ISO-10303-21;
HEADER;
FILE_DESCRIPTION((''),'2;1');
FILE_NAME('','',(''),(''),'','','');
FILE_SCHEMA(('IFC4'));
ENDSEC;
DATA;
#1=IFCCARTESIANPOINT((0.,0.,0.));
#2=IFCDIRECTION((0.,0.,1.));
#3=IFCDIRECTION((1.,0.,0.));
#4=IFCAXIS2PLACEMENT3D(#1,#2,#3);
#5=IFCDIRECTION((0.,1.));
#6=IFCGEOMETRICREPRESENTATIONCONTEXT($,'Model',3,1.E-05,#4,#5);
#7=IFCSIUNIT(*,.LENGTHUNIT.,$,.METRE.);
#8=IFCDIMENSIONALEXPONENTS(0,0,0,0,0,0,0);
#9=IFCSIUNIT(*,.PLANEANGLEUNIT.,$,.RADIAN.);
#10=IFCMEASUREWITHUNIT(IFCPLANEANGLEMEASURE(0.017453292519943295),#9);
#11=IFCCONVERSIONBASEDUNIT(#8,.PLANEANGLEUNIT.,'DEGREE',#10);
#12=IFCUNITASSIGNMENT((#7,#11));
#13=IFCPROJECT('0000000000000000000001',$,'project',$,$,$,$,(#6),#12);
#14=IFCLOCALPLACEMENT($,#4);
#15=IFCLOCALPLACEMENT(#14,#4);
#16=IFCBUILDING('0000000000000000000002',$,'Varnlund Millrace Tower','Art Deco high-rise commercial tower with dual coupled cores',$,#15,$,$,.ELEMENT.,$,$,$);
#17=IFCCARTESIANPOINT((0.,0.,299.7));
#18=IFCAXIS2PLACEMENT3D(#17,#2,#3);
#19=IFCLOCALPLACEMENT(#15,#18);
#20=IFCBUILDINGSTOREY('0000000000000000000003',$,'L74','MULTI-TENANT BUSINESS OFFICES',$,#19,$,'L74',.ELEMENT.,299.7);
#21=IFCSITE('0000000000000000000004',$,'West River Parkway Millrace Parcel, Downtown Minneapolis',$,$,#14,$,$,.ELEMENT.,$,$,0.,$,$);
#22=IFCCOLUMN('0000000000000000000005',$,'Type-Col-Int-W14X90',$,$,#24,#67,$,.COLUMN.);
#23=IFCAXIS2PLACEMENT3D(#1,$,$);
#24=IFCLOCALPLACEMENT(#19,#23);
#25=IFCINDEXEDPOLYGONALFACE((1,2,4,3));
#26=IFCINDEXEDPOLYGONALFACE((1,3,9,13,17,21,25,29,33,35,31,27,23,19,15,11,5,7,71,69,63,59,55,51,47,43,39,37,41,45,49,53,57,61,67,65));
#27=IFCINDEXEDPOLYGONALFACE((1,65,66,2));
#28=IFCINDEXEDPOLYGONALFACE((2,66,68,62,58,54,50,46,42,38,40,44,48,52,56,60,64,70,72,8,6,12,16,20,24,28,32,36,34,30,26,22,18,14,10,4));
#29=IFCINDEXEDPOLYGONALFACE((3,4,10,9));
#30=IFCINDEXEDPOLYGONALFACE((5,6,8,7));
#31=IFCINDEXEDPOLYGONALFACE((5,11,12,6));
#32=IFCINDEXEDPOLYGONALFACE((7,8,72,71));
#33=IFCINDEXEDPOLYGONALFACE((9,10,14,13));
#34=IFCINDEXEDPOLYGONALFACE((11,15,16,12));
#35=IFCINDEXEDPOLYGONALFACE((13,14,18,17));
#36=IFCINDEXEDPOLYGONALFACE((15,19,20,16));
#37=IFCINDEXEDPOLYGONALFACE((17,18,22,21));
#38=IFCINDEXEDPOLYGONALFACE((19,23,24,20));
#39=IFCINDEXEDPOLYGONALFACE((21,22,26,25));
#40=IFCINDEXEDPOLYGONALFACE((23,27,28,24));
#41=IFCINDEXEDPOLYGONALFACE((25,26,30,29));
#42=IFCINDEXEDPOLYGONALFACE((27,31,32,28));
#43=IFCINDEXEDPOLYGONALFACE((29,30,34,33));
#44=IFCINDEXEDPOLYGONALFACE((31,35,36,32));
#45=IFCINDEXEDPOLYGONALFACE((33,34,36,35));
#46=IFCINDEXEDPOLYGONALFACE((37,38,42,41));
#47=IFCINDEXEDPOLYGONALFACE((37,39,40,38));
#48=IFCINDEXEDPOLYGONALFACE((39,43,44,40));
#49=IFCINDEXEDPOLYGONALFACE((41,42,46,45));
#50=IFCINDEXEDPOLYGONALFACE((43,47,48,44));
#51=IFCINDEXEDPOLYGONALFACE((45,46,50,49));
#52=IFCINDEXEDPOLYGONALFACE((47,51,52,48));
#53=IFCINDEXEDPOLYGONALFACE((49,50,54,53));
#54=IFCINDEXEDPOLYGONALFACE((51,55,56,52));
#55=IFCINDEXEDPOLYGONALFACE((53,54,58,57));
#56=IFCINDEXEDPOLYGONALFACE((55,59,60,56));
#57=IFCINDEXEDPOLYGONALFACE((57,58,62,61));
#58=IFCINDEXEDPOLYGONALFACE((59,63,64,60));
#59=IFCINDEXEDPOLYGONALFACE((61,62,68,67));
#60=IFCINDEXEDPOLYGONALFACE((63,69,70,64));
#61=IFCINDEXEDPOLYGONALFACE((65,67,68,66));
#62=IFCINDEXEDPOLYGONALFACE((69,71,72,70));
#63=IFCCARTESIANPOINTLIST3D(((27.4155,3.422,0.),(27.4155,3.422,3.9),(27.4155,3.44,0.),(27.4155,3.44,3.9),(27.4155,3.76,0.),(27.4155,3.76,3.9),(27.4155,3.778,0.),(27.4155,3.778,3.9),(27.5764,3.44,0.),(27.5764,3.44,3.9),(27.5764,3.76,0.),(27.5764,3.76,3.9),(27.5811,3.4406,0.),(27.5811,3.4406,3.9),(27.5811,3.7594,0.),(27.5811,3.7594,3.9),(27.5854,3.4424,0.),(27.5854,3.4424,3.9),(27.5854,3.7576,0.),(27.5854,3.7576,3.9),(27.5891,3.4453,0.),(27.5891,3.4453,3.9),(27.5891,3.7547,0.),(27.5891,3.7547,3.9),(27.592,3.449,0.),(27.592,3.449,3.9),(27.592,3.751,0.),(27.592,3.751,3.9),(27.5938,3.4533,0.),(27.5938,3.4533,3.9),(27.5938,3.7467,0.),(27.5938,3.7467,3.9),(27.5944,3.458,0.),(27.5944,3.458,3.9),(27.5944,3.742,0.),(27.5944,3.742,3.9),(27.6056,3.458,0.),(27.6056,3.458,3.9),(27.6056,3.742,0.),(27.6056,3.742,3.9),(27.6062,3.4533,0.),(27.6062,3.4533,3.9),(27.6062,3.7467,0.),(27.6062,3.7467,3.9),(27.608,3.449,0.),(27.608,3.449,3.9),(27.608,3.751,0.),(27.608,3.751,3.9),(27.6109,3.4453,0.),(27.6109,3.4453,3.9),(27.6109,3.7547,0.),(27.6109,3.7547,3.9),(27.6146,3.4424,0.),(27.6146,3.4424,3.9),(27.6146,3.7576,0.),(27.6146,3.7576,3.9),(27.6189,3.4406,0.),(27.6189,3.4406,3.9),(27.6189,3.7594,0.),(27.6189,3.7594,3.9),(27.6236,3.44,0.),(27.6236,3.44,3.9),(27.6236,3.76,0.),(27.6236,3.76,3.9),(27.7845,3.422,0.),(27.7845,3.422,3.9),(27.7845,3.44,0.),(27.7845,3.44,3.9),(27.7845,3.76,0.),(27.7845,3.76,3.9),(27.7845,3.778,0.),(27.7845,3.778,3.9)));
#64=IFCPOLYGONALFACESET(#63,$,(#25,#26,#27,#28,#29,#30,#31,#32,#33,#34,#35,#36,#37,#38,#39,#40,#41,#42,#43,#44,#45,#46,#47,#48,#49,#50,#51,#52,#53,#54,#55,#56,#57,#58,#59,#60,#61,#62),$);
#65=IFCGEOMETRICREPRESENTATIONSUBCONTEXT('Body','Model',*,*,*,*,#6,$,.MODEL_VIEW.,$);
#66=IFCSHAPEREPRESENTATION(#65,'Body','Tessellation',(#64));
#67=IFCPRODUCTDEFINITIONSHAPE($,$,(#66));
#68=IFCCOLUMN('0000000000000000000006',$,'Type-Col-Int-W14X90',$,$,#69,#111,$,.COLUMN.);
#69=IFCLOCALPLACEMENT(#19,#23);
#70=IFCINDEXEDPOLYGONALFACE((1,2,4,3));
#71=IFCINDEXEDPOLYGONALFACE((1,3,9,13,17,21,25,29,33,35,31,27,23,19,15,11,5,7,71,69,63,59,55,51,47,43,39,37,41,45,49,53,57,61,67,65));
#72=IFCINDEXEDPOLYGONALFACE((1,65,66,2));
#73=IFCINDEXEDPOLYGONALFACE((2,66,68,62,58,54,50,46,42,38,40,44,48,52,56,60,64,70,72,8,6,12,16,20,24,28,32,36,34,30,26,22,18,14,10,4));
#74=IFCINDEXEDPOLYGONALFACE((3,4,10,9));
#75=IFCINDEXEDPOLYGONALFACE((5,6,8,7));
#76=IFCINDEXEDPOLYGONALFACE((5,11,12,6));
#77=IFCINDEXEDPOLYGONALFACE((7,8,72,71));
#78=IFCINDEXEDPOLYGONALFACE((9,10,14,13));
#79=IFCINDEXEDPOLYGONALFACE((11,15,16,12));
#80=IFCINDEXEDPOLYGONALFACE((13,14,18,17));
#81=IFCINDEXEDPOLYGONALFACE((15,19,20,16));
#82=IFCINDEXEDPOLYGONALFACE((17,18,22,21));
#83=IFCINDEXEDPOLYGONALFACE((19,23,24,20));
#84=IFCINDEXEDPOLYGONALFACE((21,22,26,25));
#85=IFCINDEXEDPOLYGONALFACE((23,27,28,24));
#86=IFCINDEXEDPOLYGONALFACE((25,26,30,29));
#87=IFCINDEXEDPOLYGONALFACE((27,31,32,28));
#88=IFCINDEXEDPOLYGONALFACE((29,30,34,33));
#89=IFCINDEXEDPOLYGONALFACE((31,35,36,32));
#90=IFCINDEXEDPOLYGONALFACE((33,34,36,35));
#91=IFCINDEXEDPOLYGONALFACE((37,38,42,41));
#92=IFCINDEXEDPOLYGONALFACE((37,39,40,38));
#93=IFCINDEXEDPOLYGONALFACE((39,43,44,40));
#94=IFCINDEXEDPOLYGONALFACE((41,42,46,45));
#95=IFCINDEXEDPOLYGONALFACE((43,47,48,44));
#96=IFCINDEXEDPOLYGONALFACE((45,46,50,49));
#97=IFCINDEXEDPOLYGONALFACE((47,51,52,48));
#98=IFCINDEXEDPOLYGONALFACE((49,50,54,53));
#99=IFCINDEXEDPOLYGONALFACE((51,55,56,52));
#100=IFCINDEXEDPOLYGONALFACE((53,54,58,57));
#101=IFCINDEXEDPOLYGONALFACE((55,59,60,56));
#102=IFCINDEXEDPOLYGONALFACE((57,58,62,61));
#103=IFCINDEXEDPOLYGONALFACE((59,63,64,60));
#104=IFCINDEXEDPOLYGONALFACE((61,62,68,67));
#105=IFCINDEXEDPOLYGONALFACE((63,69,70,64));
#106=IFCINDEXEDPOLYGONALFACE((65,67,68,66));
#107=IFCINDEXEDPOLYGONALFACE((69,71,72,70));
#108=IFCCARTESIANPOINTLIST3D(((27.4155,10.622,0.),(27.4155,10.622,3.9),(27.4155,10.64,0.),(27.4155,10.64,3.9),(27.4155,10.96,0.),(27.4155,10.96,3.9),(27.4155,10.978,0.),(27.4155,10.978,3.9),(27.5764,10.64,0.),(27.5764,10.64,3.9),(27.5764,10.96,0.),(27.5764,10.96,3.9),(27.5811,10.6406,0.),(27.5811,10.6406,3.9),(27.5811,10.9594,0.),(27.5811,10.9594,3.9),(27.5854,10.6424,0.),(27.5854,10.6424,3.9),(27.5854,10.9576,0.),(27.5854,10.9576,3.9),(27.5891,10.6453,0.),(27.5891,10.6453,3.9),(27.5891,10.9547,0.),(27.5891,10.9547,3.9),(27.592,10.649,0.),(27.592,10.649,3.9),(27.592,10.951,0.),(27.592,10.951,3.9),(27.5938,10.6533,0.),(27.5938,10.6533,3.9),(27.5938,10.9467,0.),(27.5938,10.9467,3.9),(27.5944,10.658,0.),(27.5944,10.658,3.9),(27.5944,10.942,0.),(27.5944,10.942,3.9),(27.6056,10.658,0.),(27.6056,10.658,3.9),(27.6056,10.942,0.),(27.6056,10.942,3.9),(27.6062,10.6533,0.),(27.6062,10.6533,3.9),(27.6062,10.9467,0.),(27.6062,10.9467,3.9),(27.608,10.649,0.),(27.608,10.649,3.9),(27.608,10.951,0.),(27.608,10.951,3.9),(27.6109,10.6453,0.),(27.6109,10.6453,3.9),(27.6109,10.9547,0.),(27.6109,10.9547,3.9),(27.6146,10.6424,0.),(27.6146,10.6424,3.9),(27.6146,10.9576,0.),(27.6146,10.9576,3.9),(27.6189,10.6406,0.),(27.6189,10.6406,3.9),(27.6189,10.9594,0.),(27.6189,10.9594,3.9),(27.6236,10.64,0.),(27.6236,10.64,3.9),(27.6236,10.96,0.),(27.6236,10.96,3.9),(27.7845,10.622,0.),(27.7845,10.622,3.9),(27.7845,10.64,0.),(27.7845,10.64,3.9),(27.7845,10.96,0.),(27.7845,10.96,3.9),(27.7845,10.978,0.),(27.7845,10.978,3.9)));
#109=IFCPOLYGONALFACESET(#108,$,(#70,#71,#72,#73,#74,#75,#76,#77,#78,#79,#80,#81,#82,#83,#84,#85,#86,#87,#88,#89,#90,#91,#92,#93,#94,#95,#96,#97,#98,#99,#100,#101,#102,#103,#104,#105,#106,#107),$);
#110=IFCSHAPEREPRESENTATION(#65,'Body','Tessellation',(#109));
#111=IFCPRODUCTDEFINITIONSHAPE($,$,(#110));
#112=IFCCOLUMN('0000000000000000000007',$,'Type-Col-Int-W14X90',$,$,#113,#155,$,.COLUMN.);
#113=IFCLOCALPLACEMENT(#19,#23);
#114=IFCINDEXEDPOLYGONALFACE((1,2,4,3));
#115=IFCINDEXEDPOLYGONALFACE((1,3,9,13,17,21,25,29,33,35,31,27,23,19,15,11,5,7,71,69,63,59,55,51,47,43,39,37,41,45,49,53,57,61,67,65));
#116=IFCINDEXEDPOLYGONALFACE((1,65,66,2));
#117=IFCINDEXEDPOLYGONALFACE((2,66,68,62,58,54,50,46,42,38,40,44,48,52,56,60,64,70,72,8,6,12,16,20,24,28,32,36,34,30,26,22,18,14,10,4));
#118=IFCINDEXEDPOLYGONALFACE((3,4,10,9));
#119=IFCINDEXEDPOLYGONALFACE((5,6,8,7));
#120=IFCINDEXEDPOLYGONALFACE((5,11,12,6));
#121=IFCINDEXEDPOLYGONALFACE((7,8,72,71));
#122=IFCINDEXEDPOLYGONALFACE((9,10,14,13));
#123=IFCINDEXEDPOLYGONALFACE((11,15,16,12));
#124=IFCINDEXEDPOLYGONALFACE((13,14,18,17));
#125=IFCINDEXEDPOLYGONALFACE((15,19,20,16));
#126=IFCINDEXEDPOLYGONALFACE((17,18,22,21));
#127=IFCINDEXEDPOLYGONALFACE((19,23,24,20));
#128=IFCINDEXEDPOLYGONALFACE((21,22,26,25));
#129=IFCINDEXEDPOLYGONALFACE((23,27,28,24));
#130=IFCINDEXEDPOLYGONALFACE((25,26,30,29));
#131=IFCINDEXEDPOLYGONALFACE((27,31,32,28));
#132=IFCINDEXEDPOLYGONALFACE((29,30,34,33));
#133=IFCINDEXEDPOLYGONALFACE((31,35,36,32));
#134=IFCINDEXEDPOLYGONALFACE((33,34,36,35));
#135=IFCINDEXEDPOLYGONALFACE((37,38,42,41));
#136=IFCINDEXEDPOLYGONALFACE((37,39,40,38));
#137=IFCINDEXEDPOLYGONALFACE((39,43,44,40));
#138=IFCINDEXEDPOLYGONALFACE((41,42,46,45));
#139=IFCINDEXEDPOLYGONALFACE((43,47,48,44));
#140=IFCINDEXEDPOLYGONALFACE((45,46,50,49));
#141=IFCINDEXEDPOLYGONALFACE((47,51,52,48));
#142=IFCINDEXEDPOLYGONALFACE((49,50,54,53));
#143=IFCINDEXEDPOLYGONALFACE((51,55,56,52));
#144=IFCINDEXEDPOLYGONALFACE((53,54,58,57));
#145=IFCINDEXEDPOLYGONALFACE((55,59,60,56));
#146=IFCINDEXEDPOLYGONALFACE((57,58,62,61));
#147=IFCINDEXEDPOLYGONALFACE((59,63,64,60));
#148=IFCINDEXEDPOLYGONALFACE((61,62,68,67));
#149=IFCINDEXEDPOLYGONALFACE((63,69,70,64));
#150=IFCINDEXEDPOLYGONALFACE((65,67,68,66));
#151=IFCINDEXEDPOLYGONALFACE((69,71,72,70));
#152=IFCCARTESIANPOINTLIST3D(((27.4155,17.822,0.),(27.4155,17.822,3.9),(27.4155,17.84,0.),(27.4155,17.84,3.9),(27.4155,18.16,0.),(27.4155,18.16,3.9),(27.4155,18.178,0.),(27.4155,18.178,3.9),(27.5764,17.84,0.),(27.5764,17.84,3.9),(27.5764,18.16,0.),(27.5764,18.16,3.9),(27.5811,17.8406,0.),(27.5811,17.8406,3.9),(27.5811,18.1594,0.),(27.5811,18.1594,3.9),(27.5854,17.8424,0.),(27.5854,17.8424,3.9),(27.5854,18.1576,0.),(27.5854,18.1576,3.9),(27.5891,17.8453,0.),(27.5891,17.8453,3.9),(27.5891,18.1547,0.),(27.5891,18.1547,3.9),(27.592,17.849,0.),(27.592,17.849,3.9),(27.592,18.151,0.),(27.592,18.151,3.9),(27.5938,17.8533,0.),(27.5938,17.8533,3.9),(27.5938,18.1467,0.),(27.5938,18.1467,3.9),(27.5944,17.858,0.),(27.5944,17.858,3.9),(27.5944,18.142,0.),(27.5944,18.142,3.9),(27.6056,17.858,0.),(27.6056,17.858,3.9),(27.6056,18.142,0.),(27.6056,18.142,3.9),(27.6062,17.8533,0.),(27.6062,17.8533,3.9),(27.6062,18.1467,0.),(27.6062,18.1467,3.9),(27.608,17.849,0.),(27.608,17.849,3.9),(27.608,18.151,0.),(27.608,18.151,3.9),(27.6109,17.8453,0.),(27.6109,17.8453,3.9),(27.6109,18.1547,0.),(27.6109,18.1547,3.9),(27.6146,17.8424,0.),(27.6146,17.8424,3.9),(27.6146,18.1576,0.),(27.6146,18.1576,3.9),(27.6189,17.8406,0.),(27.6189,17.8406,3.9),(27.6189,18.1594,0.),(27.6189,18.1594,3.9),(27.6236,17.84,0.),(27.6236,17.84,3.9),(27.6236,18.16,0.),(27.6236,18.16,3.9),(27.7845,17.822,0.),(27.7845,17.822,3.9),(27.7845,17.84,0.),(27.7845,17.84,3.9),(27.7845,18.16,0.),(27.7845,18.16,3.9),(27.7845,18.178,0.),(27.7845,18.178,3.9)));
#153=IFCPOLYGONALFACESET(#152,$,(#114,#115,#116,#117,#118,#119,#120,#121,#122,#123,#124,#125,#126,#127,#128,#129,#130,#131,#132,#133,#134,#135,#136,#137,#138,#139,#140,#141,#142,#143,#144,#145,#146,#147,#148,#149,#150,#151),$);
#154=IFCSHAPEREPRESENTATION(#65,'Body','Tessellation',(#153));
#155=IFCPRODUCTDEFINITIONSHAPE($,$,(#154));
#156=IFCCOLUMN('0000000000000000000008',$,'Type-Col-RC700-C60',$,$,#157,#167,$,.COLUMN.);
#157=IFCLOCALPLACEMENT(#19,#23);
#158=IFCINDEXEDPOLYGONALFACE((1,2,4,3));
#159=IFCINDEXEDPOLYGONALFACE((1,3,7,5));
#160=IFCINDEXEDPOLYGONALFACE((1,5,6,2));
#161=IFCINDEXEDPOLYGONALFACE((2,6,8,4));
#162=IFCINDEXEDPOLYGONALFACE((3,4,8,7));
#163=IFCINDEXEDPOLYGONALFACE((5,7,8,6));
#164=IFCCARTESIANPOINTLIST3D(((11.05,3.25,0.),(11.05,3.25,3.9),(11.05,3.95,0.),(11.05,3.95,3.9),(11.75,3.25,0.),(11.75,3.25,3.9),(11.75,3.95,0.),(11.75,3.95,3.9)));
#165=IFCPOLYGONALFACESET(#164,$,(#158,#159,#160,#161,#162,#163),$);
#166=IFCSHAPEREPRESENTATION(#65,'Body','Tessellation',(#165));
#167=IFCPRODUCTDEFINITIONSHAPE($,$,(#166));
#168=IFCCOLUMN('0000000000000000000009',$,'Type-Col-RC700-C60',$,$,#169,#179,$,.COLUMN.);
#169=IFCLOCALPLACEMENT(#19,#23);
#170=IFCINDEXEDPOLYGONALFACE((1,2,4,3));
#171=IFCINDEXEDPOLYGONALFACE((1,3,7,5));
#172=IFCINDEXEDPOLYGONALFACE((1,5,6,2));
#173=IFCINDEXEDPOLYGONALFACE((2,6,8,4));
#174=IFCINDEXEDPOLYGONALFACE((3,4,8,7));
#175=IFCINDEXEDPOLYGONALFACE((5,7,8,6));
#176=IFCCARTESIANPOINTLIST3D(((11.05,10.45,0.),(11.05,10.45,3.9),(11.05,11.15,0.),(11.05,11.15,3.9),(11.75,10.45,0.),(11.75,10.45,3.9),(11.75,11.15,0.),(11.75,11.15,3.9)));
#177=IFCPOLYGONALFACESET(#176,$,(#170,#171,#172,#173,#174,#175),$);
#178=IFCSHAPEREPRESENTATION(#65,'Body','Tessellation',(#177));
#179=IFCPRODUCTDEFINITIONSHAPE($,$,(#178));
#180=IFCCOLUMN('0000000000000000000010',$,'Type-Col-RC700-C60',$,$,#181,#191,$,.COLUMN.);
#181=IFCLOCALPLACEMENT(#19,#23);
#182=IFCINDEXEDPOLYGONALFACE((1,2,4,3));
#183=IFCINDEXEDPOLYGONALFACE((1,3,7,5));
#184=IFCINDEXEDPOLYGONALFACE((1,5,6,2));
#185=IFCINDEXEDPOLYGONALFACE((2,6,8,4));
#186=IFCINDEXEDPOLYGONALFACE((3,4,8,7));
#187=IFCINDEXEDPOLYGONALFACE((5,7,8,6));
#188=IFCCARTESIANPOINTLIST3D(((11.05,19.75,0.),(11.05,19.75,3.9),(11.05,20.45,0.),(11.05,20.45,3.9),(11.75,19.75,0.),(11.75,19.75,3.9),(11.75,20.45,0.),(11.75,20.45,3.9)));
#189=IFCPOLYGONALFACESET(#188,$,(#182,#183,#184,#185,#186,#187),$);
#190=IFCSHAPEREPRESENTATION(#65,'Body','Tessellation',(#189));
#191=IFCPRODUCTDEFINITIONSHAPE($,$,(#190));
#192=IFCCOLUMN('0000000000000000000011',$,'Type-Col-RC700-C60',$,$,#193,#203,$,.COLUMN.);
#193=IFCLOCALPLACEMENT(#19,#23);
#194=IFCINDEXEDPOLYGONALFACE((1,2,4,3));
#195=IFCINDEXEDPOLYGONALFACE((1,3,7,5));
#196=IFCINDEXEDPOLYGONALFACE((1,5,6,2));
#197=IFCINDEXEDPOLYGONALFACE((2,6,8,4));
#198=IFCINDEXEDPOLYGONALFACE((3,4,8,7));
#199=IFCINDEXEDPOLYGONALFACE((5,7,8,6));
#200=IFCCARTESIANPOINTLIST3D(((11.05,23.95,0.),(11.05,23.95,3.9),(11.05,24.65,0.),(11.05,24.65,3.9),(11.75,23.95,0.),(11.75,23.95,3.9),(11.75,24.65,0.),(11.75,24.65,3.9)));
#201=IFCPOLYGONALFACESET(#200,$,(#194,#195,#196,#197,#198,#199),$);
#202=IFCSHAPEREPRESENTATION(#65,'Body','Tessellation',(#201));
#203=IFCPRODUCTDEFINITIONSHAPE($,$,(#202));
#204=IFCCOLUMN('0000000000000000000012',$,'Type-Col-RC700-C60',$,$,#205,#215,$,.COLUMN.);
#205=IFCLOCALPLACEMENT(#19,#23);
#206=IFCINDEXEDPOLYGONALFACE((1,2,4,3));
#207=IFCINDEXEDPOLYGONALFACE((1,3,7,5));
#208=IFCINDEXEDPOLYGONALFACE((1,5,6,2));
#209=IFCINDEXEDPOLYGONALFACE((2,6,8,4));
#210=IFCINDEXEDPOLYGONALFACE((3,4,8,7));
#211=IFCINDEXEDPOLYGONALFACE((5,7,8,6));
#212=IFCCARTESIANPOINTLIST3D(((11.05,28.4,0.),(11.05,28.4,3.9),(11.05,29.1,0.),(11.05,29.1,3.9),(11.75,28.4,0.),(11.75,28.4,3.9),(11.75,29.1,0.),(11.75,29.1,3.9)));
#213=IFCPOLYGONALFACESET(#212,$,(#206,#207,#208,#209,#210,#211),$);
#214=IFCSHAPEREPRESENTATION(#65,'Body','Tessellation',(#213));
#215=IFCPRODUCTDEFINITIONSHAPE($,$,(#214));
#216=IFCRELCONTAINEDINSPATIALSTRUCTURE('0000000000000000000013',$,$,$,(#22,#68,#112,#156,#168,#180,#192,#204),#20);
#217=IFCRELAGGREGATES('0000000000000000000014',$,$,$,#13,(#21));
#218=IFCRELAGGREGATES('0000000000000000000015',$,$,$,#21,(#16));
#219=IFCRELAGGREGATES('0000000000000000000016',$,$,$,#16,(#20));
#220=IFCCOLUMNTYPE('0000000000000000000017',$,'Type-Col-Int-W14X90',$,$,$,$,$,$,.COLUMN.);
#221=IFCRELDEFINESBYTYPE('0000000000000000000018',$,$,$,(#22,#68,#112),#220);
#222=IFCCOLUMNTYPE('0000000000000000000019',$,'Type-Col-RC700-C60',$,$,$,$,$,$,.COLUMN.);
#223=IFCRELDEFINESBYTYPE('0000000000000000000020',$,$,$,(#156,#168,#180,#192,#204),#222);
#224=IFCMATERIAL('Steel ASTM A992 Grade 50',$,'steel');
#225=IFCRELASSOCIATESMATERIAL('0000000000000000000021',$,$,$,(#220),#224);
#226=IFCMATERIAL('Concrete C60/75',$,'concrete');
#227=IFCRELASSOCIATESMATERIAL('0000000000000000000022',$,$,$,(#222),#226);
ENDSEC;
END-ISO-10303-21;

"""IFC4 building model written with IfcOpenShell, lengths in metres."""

from ifc_helpers import new_model, entity, si_unit, converted_unit, direction, frame, origin_with_axes, origin_2d_with_axis, place, context, subcontext, project, spatial, rectangle, i_section, extrude, material, material_profile, profile_set, type_object, element, save


model = new_model("IFC4")

# Units and contexts
model_context = context("Model", 3, precision=1e-05, world=origin_with_axes(), true_north=direction((0.0, 1.0)))
body_context = subcontext(model_context, "Body", "Model", "MODEL_VIEW")
ifc_project = project(units=[si_unit("LENGTHUNIT", "METRE"), converted_unit("PLANEANGLEUNIT", "DEGREE", entity("IfcPlaneAngleMeasure", 0.017453292519943295), si_unit("PLANEANGLEUNIT", "RADIAN"), dimensions=[0, 0, 0, 0, 0, 0, 0])], contexts=[model_context])

# Site, building, storey
site_placement = place(None, origin_with_axes())
site = spatial("IfcSite", under=ifc_project, at=site_placement, Name="West River Parkway Millrace Parcel, Downtown Minneapolis", CompositionType="ELEMENT", RefElevation=0.0)
building_placement = place(site_placement, origin_with_axes())
building = spatial("IfcBuilding", under=site, at=building_placement, Name="Varnlund Millrace Tower", Description="Art Deco high-rise commercial tower with dual coupled cores", CompositionType="ELEMENT")
storey_placement = place(building_placement, frame((0.0, 0.0, 299.7), z_axis=(0.0, 0.0, 1.0), x_axis=(1.0, 0.0, 0.0)))
storey = spatial("IfcBuildingStorey", under=building, at=storey_placement, Name="L74", Description="MULTI-TENANT BUSINESS OFFICES", LongName="L74", CompositionType="ELEMENT", Elevation=299.7)

# Columns
ifc_material_1 = material(Name="Steel ASTM A992 Grade 50", Category="steel")
ifc_material_profile_1 = material_profile(ifc_material_1, i_section(OverallWidth=0.369, OverallDepth=0.356, WebThickness=0.0112, FlangeThickness=0.018, FilletRadius=0.018, at=origin_2d_with_axis()), Name="Steel ASTM A992 Grade 50")
ifc_profile_set_1 = profile_set([ifc_material_profile_1], Name="Steel ASTM A992 Grade 50")
column_type_1 = type_object("IfcColumnType", Name="Type-Col-Int-W14X90", PredefinedType="COLUMN", material=ifc_profile_set_1)
for number, where, z_axis, x_axis, name in (
    (1, (27.6, 3.6, 0.0), (0.0, 0.0, 1.0), (1.0, 0.0, 0.0), "Type-Col-Int-W14X90"),
    (2, (27.6, 10.8, 0.0), (0.0, 0.0, 1.0), (1.0, 0.0, 0.0), "Type-Col-Int-W14X90"),
    (3, (27.6, 18.0, 0.0), (0.0, 0.0, 1.0), (1.0, 0.0, 0.0), "Type-Col-Int-W14X90"),
):
    element("IfcColumn", number, at=place(storey_placement, frame(where, z_axis=z_axis, x_axis=x_axis)), inside=storey, type_object=column_type_1, Name=name, PredefinedType="COLUMN", context=body_context, shape_type="SweptSolid", body=[
        extrude(i_section(OverallWidth=0.369, OverallDepth=0.356, WebThickness=0.0112, FlangeThickness=0.018, FilletRadius=0.018, at=origin_2d_with_axis()), origin_with_axes(), (0.0, 0.0, 1.0), 3.9),
    ])
ifc_material_2 = material(Name="Concrete C60/75", Category="concrete")
ifc_material_profile_2 = material_profile(ifc_material_2, rectangle(XDim=0.7, YDim=0.7, at=origin_2d_with_axis()), Name="Concrete C60/75")
ifc_profile_set_2 = profile_set([ifc_material_profile_2], Name="Concrete C60/75")
column_type_2 = type_object("IfcColumnType", Name="Type-Col-RC700-C60", PredefinedType="COLUMN", material=ifc_profile_set_2)
for number, where, z_axis, x_axis, name in (
    (4, (11.4, 3.6, 0.0), (0.0, 0.0, 1.0), (1.0, 0.0, 0.0), "Type-Col-RC700-C60"),
    (5, (11.4, 10.8, 0.0), (0.0, 0.0, 1.0), (1.0, 0.0, 0.0), "Type-Col-RC700-C60"),
    (6, (11.4, 20.1, 0.0), (0.0, 0.0, 1.0), (1.0, 0.0, 0.0), "Type-Col-RC700-C60"),
    (7, (11.4, 24.3, 0.0), (0.0, 0.0, 1.0), (1.0, 0.0, 0.0), "Type-Col-RC700-C60"),
    (8, (11.4, 28.75, 0.0), (0.0, 0.0, 1.0), (1.0, 0.0, 0.0), "Type-Col-RC700-C60"),
):
    element("IfcColumn", number, at=place(storey_placement, frame(where, z_axis=z_axis, x_axis=x_axis)), inside=storey, type_object=column_type_2, Name=name, PredefinedType="COLUMN", context=body_context, shape_type="SweptSolid", body=[
        extrude(rectangle(XDim=0.7, YDim=0.7, at=origin_2d_with_axis()), origin_with_axes(), (0.0, 0.0, 1.0), 3.9),
    ])

save(model, "model.ifc")
